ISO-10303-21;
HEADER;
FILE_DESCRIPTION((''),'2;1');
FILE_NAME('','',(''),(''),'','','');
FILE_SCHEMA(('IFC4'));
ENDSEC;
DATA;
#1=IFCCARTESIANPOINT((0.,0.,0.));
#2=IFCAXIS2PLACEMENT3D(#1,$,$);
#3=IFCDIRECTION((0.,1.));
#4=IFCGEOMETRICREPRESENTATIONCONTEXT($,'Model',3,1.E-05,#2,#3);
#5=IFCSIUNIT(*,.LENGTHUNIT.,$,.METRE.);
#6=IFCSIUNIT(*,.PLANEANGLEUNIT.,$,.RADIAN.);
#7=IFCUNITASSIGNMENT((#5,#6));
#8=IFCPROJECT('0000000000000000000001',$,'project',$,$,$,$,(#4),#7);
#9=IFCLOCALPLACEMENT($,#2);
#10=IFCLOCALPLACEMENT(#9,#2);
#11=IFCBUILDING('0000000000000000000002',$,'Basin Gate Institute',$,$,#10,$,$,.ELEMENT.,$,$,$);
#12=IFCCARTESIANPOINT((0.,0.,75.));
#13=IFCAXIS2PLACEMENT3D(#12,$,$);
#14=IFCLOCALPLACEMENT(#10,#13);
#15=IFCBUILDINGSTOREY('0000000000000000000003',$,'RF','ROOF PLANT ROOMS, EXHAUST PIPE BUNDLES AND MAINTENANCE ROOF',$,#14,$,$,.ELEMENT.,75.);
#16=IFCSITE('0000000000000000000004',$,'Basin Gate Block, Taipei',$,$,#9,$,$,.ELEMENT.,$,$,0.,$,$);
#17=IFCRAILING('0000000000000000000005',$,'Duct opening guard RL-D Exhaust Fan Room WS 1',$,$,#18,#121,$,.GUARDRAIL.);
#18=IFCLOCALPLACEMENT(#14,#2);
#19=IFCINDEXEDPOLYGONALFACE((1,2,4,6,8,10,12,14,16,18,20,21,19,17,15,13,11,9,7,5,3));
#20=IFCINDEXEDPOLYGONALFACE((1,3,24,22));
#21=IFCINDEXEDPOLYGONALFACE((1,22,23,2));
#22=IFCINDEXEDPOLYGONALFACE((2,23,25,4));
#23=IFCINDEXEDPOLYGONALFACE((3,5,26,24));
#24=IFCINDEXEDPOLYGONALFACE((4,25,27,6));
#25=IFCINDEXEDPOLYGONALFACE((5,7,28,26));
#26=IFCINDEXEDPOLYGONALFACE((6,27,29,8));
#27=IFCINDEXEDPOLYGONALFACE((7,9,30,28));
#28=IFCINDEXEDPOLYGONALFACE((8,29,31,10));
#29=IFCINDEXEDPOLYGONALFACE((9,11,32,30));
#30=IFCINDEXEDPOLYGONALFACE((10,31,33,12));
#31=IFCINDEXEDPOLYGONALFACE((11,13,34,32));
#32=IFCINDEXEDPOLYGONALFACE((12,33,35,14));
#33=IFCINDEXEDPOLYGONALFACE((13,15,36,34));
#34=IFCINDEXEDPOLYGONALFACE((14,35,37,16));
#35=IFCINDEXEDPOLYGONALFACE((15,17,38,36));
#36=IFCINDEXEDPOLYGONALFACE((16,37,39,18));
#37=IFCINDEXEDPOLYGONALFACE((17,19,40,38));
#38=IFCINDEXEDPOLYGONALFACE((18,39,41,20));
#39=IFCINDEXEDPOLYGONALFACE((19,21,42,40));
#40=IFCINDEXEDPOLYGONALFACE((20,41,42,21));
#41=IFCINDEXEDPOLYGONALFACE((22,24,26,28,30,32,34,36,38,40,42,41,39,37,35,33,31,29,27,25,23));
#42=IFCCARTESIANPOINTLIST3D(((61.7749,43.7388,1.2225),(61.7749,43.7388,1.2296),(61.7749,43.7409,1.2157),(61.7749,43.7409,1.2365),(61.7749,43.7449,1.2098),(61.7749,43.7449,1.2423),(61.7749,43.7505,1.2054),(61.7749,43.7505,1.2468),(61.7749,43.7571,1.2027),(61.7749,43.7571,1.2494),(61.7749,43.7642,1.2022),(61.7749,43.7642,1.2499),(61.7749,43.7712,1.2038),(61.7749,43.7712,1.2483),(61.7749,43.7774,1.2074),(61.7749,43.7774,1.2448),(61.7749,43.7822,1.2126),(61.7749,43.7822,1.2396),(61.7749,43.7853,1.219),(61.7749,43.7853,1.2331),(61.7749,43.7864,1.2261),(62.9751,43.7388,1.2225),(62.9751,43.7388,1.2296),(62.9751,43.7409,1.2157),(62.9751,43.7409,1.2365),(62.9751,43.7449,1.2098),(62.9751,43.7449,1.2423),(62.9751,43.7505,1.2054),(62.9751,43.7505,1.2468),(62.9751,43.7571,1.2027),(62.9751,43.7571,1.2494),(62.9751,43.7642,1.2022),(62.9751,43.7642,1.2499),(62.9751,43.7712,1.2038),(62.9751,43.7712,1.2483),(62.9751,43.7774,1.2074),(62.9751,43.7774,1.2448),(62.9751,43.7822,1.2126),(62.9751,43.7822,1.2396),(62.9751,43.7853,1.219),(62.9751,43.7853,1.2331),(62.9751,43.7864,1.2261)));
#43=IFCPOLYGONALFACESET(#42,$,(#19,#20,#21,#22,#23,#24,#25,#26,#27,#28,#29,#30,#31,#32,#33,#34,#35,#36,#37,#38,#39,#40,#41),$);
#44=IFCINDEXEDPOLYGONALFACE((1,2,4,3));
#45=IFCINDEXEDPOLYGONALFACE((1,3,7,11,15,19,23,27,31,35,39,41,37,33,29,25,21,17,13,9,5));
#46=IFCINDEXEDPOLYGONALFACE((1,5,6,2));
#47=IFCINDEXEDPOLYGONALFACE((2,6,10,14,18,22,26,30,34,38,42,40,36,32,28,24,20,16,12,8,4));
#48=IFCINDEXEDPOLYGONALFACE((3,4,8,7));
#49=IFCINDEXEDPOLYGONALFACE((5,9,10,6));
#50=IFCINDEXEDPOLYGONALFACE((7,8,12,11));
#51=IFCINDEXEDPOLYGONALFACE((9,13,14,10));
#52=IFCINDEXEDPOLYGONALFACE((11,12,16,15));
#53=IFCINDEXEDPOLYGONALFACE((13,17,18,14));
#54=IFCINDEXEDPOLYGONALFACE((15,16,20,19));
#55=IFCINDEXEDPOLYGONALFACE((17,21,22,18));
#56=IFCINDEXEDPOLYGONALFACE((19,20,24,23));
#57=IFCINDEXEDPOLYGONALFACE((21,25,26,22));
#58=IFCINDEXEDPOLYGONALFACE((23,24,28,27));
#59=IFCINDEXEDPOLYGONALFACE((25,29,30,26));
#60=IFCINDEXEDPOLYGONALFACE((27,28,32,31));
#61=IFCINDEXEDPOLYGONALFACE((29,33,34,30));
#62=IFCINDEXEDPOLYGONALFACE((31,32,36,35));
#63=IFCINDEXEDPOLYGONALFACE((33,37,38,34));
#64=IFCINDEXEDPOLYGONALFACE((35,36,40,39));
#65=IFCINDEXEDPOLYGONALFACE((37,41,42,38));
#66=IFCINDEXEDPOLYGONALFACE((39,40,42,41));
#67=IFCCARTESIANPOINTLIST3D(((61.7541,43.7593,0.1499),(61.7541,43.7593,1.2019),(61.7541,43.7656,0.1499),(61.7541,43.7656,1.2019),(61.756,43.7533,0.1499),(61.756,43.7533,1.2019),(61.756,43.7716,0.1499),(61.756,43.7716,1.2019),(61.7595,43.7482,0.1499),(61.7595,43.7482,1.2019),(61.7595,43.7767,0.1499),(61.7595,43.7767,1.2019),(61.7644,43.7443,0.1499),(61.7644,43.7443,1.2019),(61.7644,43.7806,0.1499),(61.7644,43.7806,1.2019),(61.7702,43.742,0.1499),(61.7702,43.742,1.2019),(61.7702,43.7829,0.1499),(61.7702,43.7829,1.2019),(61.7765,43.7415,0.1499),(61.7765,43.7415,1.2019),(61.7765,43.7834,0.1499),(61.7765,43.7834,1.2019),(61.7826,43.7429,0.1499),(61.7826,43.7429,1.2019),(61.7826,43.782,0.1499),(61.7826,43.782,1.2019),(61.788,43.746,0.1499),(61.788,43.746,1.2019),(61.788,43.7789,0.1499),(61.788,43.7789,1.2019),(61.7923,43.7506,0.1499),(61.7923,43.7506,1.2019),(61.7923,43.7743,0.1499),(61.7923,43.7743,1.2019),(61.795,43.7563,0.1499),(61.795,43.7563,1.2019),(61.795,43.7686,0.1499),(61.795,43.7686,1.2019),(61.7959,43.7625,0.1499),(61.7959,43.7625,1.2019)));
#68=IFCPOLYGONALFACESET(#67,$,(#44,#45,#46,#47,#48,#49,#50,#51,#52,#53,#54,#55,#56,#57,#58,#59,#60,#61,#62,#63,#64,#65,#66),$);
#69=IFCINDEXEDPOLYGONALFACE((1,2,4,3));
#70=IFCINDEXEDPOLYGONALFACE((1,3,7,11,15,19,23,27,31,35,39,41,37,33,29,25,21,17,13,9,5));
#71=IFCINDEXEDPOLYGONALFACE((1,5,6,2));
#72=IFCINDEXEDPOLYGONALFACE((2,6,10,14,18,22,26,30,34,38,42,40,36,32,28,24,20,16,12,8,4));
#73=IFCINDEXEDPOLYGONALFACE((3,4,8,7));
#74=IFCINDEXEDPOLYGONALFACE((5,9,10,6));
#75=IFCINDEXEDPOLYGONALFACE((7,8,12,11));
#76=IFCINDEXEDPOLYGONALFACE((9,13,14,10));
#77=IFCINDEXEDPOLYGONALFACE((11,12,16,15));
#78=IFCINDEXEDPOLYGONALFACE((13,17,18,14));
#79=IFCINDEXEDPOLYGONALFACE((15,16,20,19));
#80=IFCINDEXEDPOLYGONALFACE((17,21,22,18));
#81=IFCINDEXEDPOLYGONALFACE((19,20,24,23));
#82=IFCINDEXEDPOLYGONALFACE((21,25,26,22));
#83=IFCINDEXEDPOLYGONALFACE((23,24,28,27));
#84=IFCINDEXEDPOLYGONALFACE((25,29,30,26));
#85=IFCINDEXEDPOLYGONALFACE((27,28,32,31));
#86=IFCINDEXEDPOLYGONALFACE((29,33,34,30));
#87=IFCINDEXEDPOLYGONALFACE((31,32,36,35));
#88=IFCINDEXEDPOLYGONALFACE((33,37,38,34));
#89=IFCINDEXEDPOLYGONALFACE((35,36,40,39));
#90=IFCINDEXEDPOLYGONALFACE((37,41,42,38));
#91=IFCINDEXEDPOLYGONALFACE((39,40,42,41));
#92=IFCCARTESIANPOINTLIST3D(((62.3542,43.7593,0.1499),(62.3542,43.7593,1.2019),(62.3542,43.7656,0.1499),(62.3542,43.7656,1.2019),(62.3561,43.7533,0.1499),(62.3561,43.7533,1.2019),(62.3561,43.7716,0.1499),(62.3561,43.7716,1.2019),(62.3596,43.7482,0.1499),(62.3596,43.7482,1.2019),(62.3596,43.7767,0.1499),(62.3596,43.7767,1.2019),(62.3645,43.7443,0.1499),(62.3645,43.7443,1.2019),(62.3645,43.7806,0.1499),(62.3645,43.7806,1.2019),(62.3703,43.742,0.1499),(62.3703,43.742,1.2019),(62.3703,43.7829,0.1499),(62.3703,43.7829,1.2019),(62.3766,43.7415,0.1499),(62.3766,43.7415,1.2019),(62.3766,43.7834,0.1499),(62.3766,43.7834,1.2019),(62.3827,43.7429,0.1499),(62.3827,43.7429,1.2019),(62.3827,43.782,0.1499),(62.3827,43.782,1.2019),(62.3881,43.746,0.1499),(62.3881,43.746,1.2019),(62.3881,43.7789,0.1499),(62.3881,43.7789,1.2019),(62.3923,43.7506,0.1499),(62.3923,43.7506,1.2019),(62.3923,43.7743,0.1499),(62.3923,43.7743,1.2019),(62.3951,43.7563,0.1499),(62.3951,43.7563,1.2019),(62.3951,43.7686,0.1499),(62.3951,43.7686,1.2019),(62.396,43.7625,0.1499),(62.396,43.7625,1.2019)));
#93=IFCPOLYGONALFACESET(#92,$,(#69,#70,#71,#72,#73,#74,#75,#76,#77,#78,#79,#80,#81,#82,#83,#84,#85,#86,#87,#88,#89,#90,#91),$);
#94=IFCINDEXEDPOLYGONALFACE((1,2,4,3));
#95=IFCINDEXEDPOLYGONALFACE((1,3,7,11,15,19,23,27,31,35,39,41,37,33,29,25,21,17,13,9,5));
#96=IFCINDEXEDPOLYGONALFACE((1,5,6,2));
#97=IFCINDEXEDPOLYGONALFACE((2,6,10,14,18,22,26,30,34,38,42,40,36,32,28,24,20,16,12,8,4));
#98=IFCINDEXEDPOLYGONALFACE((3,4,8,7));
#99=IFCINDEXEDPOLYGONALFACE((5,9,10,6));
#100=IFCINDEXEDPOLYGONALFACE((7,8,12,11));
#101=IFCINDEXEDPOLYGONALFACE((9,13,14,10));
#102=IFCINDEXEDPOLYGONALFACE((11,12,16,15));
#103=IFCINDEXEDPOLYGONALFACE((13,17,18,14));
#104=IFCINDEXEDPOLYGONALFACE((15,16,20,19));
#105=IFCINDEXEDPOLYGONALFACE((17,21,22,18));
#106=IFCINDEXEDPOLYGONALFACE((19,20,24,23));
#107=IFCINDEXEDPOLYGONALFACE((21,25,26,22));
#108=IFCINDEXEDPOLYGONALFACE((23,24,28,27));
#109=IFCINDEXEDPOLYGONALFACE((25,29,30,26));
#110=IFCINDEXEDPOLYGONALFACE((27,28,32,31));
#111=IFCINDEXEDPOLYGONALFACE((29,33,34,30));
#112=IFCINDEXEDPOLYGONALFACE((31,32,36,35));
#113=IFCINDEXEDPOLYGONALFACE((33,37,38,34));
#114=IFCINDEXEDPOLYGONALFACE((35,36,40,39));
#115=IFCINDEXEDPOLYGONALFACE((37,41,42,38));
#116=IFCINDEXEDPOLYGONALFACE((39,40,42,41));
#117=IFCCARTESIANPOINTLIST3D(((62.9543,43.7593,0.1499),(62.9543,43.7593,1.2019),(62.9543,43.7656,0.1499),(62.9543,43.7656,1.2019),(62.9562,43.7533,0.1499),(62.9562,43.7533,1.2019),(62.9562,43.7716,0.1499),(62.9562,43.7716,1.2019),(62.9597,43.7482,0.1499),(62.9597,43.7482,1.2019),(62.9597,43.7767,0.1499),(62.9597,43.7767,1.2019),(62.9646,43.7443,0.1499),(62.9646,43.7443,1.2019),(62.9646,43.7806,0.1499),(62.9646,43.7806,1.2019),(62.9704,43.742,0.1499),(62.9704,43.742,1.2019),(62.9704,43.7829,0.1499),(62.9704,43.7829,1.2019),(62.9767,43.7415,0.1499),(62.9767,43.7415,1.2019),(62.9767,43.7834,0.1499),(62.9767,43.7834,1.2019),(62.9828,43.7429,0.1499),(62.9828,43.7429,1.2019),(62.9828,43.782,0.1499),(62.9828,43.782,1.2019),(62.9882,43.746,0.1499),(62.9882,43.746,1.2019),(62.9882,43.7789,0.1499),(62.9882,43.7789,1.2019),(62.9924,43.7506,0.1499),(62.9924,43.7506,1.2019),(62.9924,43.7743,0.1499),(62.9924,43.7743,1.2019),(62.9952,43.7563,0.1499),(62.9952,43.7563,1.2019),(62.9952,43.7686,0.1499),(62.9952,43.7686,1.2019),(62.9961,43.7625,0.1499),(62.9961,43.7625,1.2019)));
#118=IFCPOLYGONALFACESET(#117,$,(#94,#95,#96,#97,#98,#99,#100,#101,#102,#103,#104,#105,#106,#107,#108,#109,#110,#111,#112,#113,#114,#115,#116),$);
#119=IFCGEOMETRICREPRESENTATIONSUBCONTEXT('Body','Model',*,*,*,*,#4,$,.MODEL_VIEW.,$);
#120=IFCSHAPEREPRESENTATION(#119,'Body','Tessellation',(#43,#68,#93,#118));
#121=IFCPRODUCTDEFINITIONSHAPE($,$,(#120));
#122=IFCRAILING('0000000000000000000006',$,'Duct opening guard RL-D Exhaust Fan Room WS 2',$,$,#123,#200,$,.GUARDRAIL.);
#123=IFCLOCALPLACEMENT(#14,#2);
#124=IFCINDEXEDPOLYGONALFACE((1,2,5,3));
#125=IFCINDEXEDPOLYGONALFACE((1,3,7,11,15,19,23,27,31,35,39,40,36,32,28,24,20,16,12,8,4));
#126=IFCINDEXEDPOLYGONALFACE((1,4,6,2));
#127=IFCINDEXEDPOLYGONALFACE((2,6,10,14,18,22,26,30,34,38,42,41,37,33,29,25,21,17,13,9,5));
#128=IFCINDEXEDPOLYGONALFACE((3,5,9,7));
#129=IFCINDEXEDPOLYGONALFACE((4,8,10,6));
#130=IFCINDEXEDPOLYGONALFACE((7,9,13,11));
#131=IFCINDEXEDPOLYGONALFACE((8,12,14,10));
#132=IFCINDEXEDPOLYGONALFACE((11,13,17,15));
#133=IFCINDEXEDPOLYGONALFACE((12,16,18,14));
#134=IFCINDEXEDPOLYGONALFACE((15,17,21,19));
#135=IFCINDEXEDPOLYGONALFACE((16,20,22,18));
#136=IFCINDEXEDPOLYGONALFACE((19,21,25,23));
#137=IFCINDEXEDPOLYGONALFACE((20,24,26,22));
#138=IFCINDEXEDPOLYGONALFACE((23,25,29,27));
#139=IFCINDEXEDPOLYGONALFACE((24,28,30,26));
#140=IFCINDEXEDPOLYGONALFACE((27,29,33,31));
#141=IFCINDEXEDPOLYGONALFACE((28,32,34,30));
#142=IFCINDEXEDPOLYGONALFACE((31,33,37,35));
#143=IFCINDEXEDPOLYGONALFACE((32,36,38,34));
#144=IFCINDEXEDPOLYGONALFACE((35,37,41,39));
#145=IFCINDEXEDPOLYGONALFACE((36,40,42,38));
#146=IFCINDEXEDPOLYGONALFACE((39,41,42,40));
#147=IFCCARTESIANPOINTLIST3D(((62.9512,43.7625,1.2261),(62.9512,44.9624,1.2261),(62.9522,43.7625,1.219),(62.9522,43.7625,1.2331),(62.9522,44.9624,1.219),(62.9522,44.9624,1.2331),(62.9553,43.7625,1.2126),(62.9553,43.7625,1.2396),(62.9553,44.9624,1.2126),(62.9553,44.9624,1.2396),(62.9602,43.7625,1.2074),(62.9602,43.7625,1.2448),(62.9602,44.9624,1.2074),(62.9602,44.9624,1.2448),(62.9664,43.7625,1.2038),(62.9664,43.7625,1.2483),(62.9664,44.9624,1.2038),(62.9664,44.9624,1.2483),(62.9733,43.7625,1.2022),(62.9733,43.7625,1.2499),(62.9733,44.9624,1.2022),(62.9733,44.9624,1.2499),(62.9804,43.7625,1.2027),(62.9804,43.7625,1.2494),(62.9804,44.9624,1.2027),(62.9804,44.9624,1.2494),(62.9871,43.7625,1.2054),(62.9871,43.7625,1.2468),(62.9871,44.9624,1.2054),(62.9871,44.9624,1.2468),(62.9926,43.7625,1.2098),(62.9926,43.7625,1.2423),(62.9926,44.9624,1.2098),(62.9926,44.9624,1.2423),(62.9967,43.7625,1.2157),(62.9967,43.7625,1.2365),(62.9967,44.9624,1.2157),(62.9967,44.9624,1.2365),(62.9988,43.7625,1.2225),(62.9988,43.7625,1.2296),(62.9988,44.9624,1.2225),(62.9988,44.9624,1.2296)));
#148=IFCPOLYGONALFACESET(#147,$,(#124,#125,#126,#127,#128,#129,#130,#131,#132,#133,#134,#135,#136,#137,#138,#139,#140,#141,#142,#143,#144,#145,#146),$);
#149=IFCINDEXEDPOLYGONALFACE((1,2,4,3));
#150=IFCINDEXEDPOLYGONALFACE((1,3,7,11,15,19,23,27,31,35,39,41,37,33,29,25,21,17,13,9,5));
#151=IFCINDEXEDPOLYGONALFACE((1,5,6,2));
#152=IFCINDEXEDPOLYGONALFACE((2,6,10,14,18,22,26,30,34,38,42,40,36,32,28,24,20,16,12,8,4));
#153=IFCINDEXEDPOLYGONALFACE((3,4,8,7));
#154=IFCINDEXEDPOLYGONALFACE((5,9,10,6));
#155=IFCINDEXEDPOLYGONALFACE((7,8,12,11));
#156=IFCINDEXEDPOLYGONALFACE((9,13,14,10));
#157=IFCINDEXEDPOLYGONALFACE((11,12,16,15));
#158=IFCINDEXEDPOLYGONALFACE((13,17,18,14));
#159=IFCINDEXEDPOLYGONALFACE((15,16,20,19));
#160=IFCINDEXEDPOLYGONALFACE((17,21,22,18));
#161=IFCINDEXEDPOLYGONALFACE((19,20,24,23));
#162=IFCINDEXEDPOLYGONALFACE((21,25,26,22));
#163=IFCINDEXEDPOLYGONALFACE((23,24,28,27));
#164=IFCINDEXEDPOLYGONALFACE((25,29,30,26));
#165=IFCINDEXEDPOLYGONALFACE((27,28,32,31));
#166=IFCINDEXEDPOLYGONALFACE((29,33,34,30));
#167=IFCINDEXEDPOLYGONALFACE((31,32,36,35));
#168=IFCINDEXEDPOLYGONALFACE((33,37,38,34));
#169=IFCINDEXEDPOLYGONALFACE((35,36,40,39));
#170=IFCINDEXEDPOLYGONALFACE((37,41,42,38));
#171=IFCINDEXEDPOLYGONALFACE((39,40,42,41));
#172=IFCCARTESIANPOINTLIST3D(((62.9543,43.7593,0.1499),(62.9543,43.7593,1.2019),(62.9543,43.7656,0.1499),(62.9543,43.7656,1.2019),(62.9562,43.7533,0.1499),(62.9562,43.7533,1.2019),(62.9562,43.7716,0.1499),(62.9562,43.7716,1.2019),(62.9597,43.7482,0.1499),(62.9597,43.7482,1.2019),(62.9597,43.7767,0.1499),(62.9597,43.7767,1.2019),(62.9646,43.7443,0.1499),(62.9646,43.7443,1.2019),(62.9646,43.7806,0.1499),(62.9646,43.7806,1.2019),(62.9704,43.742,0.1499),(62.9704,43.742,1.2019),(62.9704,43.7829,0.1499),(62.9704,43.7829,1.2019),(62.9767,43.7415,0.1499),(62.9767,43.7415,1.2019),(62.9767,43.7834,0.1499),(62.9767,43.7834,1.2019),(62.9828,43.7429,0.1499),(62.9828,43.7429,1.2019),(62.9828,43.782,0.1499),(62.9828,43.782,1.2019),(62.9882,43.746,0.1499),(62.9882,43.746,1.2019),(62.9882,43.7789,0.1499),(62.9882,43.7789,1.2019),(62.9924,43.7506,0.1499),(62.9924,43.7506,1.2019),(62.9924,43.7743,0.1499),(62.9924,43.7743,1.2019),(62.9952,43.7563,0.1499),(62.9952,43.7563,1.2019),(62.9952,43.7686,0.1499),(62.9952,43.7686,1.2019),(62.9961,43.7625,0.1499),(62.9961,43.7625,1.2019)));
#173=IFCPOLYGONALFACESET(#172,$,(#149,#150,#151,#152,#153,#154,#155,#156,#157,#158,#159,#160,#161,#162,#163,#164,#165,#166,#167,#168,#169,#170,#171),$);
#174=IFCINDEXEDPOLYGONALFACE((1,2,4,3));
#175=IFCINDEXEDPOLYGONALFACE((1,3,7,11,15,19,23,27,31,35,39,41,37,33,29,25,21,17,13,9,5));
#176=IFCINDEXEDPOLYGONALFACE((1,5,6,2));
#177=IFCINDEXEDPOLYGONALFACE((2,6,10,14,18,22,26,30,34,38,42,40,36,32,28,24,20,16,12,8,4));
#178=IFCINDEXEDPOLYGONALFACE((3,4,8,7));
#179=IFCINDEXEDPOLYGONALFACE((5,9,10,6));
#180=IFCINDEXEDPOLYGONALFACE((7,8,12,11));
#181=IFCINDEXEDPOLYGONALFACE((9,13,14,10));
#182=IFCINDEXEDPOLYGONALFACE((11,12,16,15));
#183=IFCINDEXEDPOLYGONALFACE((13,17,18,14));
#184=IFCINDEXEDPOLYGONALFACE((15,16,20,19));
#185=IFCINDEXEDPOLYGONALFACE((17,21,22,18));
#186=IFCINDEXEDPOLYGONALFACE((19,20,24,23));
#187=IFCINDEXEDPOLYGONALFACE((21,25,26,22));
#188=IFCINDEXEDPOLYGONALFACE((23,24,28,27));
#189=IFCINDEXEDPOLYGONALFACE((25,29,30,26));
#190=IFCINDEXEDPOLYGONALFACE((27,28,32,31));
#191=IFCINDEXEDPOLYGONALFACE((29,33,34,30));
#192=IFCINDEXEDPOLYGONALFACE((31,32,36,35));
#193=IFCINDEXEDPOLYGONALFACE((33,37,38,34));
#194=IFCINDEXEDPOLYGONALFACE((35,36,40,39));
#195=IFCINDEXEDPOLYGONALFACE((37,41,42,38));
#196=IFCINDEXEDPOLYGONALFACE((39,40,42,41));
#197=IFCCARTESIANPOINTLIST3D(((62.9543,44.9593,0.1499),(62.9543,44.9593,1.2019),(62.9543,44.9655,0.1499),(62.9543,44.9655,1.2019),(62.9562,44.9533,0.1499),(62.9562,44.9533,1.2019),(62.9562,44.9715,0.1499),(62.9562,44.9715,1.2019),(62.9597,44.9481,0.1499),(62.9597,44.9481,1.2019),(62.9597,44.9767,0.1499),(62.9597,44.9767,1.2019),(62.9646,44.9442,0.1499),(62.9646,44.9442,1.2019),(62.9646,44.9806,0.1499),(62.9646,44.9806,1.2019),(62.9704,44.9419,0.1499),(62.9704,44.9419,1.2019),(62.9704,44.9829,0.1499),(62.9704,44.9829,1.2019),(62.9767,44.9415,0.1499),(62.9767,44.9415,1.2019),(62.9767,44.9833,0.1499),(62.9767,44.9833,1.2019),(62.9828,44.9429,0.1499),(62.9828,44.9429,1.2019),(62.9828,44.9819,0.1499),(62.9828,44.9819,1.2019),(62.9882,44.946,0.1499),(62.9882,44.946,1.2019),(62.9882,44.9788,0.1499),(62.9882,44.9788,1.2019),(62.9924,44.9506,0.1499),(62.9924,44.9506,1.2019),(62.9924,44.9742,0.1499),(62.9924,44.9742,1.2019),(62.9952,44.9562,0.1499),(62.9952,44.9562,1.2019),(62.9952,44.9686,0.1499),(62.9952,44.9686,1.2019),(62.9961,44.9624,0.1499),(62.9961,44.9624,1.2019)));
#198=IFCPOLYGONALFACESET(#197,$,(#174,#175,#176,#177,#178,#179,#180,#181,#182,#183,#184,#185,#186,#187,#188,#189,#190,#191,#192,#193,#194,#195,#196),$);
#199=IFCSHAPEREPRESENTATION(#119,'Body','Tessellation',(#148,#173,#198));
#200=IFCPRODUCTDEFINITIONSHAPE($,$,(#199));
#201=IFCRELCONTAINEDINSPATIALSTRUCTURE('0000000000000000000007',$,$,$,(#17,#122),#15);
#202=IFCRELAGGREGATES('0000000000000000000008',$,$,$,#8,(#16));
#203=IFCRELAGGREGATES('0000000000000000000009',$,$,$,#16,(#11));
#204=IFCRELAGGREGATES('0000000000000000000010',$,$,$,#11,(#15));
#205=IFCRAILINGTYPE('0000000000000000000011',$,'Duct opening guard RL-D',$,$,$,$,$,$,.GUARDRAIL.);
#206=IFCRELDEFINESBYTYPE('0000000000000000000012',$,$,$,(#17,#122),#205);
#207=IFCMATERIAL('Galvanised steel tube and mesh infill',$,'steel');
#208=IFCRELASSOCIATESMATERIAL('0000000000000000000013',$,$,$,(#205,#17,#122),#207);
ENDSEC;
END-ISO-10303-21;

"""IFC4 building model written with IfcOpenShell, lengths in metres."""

from ifc_helpers import new_model, si_unit, direction, frame, origin, origin_2d, place, context, subcontext, project, spatial, circle, extrude, material, type_object, element, save


model = new_model("IFC4")

# Units and contexts
model_context = context("Model", 3, precision=1e-05, world=origin(), true_north=direction((0.0, 1.0)))
body_context = subcontext(model_context, "Body", "Model", "MODEL_VIEW")
ifc_project = project(units=[si_unit("LENGTHUNIT", "METRE"), si_unit("PLANEANGLEUNIT", "RADIAN")], contexts=[model_context])

# Site, building, storey
site_placement = place(None, origin())
site = spatial("IfcSite", under=ifc_project, at=site_placement, Name="Basin Gate Block, Taipei", CompositionType="ELEMENT", RefElevation=0.0)
building_placement = place(site_placement, origin())
building = spatial("IfcBuilding", under=site, at=building_placement, Name="Basin Gate Institute", CompositionType="ELEMENT")
storey_placement = place(building_placement, frame((0.0, 0.0, 75.0)))
storey = spatial("IfcBuildingStorey", under=building, at=storey_placement, Name="RF", Description="ROOF PLANT ROOMS, EXHAUST PIPE BUNDLES AND MAINTENANCE ROOF", CompositionType="ELEMENT", Elevation=75.0)

# Railings
ifc_material_1 = material(Name="Galvanised steel tube and mesh infill", Category="steel")
railing_type = type_object("IfcRailingType", Name="Duct opening guard RL-D", PredefinedType="GUARDRAIL", material=ifc_material_1)
railing_1_placement = place(storey_placement, frame((61.7749, 43.7625, 0.1499)))
element("IfcRailing", 1, at=railing_1_placement, inside=storey, type_object=railing_type, material=ifc_material_1, Name="Duct opening guard RL-D Exhaust Fan Room WS 1", PredefinedType="GUARDRAIL", context=body_context, shape_type="SweptSolid", body=[
    extrude(circle(Radius=0.0239, at=origin_2d()), frame((0.0, 0.0, 1.0762), z_axis=(1.0, 0.0, 0.0), x_axis=(0.0, 1.0, 0.0)), (0.0, 0.0, 1.0), 1.2002),
    extrude(circle(Radius=0.021, at=origin_2d()), origin(), (0.0, 0.0, 1.0), 1.052),
    extrude(circle(Radius=0.021, at=origin_2d()), frame((0.6001, 0.0, 0.0)), (0.0, 0.0, 1.0), 1.052),
    extrude(circle(Radius=0.021, at=origin_2d()), frame((1.2002, 0.0, 0.0)), (0.0, 0.0, 1.0), 1.052),
])
railing_2_placement = place(storey_placement, frame((62.9751, 43.7625, 0.1499)))
element("IfcRailing", 2, at=railing_2_placement, inside=storey, type_object=railing_type, material=ifc_material_1, Name="Duct opening guard RL-D Exhaust Fan Room WS 2", PredefinedType="GUARDRAIL", context=body_context, shape_type="SweptSolid", body=[
    extrude(circle(Radius=0.0239, at=origin_2d()), frame((0.0, 0.0, 1.0762), z_axis=(0.0, 1.0, 0.0), x_axis=(-1.0, 0.0, 0.0)), (0.0, 0.0, 1.0), 1.2),
    extrude(circle(Radius=0.021, at=origin_2d()), origin(), (0.0, 0.0, 1.0), 1.052),
    extrude(circle(Radius=0.021, at=origin_2d()), frame((0.0, 1.2, 0.0)), (0.0, 0.0, 1.0), 1.052),
])

save(model, "model.ifc")
